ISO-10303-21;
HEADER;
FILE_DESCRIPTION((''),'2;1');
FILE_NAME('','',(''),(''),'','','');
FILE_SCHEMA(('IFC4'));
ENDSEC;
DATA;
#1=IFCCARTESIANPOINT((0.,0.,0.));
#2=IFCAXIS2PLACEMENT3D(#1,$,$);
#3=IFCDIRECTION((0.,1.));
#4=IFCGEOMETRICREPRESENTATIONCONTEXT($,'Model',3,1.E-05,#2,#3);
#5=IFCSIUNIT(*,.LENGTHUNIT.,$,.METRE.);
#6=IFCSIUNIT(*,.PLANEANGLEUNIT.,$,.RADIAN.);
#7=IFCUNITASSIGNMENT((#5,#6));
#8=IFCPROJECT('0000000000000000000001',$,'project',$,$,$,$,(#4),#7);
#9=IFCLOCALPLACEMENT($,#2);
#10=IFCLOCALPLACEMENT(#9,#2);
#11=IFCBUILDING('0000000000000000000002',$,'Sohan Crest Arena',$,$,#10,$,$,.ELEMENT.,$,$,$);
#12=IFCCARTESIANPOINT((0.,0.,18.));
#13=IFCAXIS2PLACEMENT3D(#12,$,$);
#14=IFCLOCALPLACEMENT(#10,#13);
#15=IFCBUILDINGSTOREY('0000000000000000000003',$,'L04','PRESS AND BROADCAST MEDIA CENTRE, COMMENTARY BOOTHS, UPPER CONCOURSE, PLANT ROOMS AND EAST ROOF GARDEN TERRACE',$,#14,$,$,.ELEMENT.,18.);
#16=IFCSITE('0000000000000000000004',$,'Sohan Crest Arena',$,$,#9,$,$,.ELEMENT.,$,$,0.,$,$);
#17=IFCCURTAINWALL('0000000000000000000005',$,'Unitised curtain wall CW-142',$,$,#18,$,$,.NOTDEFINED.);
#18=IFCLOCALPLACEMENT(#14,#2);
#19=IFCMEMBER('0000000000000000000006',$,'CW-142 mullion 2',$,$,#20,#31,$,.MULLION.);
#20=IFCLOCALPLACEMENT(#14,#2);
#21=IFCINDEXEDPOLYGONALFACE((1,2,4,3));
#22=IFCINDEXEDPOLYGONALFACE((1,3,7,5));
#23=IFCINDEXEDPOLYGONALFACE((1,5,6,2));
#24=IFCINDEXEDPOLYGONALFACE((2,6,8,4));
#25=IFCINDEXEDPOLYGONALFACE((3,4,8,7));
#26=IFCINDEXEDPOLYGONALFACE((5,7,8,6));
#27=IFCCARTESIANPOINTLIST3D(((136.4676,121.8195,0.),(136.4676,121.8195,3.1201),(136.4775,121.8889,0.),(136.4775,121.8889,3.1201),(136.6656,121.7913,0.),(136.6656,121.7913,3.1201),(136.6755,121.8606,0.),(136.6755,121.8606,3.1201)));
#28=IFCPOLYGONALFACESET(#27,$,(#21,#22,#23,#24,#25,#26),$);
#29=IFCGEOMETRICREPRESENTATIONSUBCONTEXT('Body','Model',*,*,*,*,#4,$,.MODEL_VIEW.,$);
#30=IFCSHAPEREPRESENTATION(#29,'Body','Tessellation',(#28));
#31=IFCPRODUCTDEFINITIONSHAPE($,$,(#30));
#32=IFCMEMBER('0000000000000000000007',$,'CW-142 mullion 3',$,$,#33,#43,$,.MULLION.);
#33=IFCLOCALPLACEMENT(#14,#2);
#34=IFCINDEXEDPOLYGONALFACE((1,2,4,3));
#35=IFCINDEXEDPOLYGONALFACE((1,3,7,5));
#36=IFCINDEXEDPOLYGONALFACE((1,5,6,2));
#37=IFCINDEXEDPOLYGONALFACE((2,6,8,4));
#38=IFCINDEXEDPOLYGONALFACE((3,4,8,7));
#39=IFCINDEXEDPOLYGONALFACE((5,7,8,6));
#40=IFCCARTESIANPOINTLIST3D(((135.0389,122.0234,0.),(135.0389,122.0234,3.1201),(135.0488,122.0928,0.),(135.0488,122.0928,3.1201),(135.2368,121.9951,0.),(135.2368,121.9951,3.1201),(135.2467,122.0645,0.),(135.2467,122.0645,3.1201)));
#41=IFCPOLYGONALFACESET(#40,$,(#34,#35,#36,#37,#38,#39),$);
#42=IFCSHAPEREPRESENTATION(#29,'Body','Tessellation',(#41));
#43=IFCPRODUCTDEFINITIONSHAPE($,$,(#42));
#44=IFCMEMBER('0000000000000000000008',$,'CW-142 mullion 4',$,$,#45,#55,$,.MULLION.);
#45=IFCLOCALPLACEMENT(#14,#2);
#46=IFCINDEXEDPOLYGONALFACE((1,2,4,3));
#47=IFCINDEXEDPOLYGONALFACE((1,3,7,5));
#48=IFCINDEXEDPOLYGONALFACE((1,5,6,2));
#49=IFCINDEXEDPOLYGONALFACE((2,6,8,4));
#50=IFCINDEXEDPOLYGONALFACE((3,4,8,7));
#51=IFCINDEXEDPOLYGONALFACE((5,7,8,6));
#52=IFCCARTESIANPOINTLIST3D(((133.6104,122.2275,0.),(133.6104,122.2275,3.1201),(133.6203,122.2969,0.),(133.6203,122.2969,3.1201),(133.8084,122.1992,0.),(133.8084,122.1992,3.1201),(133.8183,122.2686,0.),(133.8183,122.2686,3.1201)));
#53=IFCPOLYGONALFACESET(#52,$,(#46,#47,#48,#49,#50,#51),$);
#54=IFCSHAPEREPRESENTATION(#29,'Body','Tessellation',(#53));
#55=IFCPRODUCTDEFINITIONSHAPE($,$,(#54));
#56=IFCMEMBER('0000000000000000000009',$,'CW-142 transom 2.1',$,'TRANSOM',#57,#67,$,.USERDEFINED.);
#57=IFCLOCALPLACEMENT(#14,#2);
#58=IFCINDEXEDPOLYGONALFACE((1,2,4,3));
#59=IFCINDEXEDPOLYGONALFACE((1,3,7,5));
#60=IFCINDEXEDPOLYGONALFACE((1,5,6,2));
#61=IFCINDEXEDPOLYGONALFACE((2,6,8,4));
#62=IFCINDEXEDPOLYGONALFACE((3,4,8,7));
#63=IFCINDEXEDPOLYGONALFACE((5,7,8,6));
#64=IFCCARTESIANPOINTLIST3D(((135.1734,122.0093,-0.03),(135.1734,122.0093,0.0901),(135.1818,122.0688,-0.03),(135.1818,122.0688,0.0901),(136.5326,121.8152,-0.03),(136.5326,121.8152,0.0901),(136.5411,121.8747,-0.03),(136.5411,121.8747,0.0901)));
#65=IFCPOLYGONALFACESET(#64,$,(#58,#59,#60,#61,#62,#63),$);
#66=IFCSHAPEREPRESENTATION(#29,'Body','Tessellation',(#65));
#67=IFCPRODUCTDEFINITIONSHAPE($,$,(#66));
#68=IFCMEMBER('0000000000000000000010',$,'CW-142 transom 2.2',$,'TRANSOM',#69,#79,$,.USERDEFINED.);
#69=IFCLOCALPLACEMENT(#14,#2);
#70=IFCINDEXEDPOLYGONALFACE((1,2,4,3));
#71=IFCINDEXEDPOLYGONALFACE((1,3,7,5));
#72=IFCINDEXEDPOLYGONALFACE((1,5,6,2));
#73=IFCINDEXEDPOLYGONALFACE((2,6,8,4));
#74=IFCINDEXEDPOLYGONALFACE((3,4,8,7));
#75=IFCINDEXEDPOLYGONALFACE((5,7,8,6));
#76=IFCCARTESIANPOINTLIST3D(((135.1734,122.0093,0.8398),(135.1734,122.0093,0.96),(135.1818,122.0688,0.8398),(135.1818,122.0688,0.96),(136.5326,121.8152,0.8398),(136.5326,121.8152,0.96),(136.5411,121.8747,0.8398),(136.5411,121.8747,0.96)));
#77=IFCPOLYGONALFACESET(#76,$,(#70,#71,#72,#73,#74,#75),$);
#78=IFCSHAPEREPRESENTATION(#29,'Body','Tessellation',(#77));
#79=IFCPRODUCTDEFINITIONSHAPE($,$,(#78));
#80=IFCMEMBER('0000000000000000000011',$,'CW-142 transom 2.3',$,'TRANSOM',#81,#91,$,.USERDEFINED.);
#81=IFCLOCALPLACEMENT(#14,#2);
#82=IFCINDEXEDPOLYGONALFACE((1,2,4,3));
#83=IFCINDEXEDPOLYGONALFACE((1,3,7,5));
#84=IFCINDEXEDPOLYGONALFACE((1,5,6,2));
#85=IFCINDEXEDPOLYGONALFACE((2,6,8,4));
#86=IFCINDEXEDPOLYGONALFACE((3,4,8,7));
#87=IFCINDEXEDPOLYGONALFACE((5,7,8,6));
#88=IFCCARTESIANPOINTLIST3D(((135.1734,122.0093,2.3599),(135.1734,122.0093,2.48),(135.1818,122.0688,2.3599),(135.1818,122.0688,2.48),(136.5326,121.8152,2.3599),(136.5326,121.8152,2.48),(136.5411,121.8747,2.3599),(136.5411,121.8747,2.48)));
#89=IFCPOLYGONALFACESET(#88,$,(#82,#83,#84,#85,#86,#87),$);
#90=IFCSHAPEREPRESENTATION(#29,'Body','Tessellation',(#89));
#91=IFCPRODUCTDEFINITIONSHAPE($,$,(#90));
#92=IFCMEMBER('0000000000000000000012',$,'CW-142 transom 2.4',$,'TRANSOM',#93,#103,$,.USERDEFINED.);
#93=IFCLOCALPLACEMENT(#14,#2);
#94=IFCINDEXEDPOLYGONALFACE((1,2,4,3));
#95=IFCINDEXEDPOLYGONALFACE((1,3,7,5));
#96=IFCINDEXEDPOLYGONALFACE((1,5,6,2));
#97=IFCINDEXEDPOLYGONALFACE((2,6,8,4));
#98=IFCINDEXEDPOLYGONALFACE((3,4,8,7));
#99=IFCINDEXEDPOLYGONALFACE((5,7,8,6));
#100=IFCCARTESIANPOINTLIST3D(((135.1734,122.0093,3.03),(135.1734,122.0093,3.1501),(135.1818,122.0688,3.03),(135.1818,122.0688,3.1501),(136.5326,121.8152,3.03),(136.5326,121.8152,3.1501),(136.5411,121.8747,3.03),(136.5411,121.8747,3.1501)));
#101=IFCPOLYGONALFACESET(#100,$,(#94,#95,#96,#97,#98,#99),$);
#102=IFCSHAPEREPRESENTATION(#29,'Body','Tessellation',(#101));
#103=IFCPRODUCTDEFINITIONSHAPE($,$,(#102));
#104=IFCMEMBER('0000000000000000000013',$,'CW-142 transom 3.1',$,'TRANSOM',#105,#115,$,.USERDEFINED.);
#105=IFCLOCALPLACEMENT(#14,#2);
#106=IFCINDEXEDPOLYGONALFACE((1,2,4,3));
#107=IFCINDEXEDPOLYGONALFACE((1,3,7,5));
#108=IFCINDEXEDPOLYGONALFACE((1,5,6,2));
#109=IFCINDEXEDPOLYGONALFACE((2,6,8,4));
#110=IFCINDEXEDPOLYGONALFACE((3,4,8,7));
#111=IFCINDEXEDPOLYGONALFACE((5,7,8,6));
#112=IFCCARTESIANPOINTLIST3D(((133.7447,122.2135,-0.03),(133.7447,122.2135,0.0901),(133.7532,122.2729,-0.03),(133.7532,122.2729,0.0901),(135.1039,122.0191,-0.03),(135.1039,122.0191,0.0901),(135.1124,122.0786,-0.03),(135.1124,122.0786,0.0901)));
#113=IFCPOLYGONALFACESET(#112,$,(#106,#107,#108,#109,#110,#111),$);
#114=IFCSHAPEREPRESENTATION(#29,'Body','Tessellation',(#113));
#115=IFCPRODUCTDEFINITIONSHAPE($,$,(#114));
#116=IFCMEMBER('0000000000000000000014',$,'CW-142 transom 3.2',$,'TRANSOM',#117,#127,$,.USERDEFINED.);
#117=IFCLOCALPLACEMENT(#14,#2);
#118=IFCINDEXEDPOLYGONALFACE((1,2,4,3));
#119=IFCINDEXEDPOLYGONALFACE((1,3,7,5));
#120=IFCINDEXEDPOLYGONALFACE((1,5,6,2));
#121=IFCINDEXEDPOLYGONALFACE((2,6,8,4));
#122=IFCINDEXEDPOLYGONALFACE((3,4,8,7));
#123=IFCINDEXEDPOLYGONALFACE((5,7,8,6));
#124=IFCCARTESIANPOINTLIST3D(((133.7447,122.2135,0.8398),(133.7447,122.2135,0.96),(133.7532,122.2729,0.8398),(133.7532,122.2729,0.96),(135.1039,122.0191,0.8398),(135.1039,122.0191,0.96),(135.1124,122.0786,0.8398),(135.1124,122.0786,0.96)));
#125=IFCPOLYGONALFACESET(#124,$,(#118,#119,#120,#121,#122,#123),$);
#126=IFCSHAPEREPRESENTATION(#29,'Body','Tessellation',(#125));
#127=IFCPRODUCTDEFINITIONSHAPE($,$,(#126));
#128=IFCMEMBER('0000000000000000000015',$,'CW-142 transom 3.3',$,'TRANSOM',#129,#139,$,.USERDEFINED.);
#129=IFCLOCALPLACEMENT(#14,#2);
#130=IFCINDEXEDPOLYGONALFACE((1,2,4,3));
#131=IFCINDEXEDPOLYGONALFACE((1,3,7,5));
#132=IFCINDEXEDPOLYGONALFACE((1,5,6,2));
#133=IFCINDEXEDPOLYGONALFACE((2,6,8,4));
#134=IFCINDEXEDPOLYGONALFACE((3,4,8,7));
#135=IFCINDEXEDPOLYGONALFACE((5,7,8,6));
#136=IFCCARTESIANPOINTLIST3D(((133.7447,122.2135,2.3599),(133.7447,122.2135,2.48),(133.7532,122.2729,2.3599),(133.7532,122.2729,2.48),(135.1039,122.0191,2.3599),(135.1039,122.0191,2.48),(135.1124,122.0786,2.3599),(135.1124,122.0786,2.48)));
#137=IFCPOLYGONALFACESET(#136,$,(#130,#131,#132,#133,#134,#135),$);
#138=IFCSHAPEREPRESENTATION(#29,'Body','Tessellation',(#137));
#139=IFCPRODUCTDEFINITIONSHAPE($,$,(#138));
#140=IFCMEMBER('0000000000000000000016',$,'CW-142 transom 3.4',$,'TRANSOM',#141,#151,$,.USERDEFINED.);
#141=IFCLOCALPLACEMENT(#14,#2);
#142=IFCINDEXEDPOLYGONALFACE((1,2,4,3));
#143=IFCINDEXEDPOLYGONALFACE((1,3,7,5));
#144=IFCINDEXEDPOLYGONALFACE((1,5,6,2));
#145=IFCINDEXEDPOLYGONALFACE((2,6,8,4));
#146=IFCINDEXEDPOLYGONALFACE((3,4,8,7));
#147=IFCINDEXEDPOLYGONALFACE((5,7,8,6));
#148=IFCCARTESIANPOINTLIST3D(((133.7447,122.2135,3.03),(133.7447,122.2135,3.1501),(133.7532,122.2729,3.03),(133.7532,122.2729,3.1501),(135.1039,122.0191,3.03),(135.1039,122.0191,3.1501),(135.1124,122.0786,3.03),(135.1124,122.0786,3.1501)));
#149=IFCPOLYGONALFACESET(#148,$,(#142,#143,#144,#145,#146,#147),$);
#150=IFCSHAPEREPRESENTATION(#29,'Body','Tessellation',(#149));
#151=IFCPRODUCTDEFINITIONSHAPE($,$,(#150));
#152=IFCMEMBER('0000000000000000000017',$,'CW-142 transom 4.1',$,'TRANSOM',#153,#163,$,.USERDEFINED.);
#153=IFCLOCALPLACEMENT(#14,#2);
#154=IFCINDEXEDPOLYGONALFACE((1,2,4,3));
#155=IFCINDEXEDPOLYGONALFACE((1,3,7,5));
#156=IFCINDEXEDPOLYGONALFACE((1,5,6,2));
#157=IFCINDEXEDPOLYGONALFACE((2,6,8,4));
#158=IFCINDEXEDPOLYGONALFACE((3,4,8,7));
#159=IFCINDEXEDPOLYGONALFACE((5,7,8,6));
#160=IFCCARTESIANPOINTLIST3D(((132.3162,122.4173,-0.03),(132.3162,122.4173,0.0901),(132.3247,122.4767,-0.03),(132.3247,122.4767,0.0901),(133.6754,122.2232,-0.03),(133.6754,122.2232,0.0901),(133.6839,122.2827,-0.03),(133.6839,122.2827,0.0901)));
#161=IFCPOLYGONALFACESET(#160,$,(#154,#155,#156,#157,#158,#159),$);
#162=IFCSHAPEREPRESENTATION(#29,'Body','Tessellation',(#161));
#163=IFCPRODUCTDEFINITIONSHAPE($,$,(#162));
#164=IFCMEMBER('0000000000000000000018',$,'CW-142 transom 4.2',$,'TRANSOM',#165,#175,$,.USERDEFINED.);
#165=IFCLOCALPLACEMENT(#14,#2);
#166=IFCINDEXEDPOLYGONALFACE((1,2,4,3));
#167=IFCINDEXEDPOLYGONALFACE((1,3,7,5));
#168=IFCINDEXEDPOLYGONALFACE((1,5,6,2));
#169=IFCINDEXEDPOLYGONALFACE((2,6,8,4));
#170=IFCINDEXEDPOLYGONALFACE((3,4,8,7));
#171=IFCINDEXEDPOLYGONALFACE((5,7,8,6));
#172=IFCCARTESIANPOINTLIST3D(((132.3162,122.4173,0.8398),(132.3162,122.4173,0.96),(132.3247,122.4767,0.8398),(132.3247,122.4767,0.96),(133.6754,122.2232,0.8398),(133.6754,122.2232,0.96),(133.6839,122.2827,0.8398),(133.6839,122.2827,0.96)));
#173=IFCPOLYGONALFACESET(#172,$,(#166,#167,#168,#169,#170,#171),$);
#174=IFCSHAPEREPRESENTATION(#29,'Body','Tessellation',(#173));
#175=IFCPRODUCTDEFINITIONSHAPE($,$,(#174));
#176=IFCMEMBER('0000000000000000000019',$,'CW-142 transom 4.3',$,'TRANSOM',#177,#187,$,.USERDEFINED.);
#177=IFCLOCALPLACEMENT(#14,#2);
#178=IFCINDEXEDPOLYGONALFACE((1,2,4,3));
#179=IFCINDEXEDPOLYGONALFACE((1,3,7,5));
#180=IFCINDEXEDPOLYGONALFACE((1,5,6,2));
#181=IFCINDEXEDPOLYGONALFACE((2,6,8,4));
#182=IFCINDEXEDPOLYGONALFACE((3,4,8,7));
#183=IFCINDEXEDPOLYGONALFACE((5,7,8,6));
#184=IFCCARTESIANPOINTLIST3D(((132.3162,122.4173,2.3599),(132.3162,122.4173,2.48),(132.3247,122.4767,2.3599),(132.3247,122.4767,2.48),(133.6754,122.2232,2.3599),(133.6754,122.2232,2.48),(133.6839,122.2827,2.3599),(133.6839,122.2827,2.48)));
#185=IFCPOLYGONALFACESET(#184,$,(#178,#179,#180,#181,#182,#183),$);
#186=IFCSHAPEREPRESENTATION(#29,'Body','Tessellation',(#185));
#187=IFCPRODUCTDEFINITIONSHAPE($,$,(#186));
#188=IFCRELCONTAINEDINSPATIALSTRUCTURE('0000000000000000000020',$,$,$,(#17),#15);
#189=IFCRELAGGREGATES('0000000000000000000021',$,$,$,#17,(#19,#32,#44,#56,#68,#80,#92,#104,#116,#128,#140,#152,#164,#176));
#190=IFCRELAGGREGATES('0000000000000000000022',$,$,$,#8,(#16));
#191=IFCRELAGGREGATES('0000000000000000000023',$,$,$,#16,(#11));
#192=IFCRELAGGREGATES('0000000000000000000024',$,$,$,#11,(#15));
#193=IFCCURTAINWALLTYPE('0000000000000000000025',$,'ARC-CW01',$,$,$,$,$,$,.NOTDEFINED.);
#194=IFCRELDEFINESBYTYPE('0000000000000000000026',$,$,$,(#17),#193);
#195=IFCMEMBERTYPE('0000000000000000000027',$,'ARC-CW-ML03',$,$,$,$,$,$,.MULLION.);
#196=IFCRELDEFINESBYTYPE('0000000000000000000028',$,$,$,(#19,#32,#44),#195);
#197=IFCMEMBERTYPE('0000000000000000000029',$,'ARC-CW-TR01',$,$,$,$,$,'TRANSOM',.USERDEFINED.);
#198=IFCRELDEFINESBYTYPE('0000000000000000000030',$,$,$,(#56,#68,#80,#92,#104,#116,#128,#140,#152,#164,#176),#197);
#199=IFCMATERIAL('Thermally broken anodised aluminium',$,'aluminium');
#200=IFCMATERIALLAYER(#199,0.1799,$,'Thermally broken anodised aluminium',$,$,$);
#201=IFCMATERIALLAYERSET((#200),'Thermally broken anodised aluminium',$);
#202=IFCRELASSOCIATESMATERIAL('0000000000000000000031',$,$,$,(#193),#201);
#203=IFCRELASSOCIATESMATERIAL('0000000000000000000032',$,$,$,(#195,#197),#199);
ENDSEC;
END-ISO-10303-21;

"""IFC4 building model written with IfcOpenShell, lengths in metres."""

from ifc_helpers import new_model, si_unit, direction, frame, origin, origin_2d, place, context, subcontext, project, spatial, rectangle, extrude, material, layer, layer_set, material_profile, profile_set, type_object, element, aggregate, save


model = new_model("IFC4")

# Units and contexts
model_context = context("Model", 3, precision=1e-05, world=origin(), true_north=direction((0.0, 1.0)))
body_context = subcontext(model_context, "Body", "Model", "MODEL_VIEW")
ifc_project = project(units=[si_unit("LENGTHUNIT", "METRE"), si_unit("PLANEANGLEUNIT", "RADIAN")], contexts=[model_context])

# Site, building, storey
site_placement = place(None, origin())
site = spatial("IfcSite", under=ifc_project, at=site_placement, Name="Sohan Crest Arena", CompositionType="ELEMENT", RefElevation=0.0)
building_placement = place(site_placement, origin())
building = spatial("IfcBuilding", under=site, at=building_placement, Name="Sohan Crest Arena", CompositionType="ELEMENT")
storey_placement = place(building_placement, frame((0.0, 0.0, 18.0)))
storey = spatial("IfcBuildingStorey", under=building, at=storey_placement, Name="L04", Description="PRESS AND BROADCAST MEDIA CENTRE, COMMENTARY BOOTHS, UPPER CONCOURSE, PLANT ROOMS AND EAST ROOF GARDEN TERRACE", CompositionType="ELEMENT", Elevation=18.0)

# Curtain wall, members
ifc_material_1 = material(Name="Thermally broken anodised aluminium", Category="aluminium")
ifc_layer_1 = layer(ifc_material_1, 0.1799, Name="Thermally broken anodised aluminium")
ifc_layer_set_1 = layer_set([ifc_layer_1], Name="Thermally broken anodised aluminium")
curtain_wall_type = type_object("IfcCurtainWallType", Name="ARC-CW01", PredefinedType="NOTDEFINED", material=ifc_layer_set_1)
curtain_wall_placement = place(storey_placement, origin())
curtain_wall = element("IfcCurtainWall", 1, at=curtain_wall_placement, inside=storey, type_object=curtain_wall_type, Name="Unitised curtain wall CW-142", PredefinedType="NOTDEFINED")
ifc_material_profile_1 = material_profile(ifc_material_1, rectangle(XDim=0.0701, YDim=0.2, at=origin_2d()), Name="ALU-MULL 70x200")
ifc_profile_set_1 = profile_set([ifc_material_profile_1], Name="Thermally broken anodised aluminium")
member_type_1 = type_object("IfcMemberType", Name="ARC-CW-ML03", PredefinedType="MULLION", material=ifc_profile_set_1)
member_1_placement = place(storey_placement, frame((136.5715, 121.8401, 0.0), z_axis=(0.0, 0.0, 1.0), x_axis=(-0.141366, -0.989957, 0.0)))
member_1 = element("IfcMember", 2, at=member_1_placement, type_object=member_type_1, Name="CW-142 mullion 2", PredefinedType="MULLION", context=body_context, shape_type="SweptSolid", body=[
    extrude(rectangle(XDim=0.0701, YDim=0.2, at=origin_2d()), origin(), (0.0, 0.0, 1.0), 3.1201),
])
member_2_placement = place(storey_placement, frame((135.1428, 122.0439, 0.0), z_axis=(0.0, 0.0, 1.0), x_axis=(-0.141366, -0.989957, 0.0)))
member_2 = element("IfcMember", 3, at=member_2_placement, type_object=member_type_1, Name="CW-142 mullion 3", PredefinedType="MULLION", context=body_context, shape_type="SweptSolid", body=[
    extrude(rectangle(XDim=0.0701, YDim=0.2, at=origin_2d()), origin(), (0.0, 0.0, 1.0), 3.1201),
])
member_3_placement = place(storey_placement, frame((133.7144, 122.248, 0.0), z_axis=(0.0, 0.0, 1.0), x_axis=(-0.141366, -0.989957, 0.0)))
member_3 = element("IfcMember", 4, at=member_3_placement, type_object=member_type_1, Name="CW-142 mullion 4", PredefinedType="MULLION", context=body_context, shape_type="SweptSolid", body=[
    extrude(rectangle(XDim=0.0701, YDim=0.2, at=origin_2d()), origin(), (0.0, 0.0, 1.0), 3.1201),
])
ifc_material_profile_2 = material_profile(ifc_material_1, rectangle(XDim=0.0601, YDim=0.1201, at=origin_2d()), Name="ALU-TRAN 60x120")
ifc_profile_set_2 = profile_set([ifc_material_profile_2], Name="Thermally broken anodised aluminium")
member_type_2 = type_object("IfcMemberType", Name="ARC-CW-TR01", ElementType="TRANSOM", PredefinedType="USERDEFINED", material=ifc_profile_set_2)
member_4_placement = place(storey_placement, frame((136.5369, 121.845, 0.03), z_axis=(-0.98996, 0.141347, 0.0), x_axis=(-0.141347, -0.98996, 0.0)))
member_4 = element("IfcMember", 5, at=member_4_placement, type_object=member_type_2, Name="CW-142 transom 2.1", ObjectType="TRANSOM", PredefinedType="USERDEFINED", context=body_context, shape_type="SweptSolid", body=[
    extrude(rectangle(XDim=0.0601, YDim=0.1201, at=origin_2d()), origin(), (0.0, 0.0, 1.0), 1.373),
])
member_5_placement = place(storey_placement, frame((136.5369, 121.845, 0.8999), z_axis=(-0.98996, 0.141347, 0.0), x_axis=(-0.141347, -0.98996, 0.0)))
member_5 = element("IfcMember", 6, at=member_5_placement, type_object=member_type_2, Name="CW-142 transom 2.2", ObjectType="TRANSOM", PredefinedType="USERDEFINED", context=body_context, shape_type="SweptSolid", body=[
    extrude(rectangle(XDim=0.0601, YDim=0.1201, at=origin_2d()), origin(), (0.0, 0.0, 1.0), 1.373),
])
member_6_placement = place(storey_placement, frame((136.5369, 121.845, 2.4199), z_axis=(-0.98996, 0.141347, 0.0), x_axis=(-0.141347, -0.98996, 0.0)))
member_6 = element("IfcMember", 7, at=member_6_placement, type_object=member_type_2, Name="CW-142 transom 2.3", ObjectType="TRANSOM", PredefinedType="USERDEFINED", context=body_context, shape_type="SweptSolid", body=[
    extrude(rectangle(XDim=0.0601, YDim=0.1201, at=origin_2d()), origin(), (0.0, 0.0, 1.0), 1.373),
])
member_7_placement = place(storey_placement, frame((136.5369, 121.845, 3.0901), z_axis=(-0.98996, 0.141347, 0.0), x_axis=(-0.141347, -0.98996, 0.0)))
member_7 = element("IfcMember", 8, at=member_7_placement, type_object=member_type_2, Name="CW-142 transom 2.4", ObjectType="TRANSOM", PredefinedType="USERDEFINED", context=body_context, shape_type="SweptSolid", body=[
    extrude(rectangle(XDim=0.0601, YDim=0.1201, at=origin_2d()), origin(), (0.0, 0.0, 1.0), 1.373),
])
member_8_placement = place(storey_placement, frame((135.1082, 122.0488, 0.03), z_axis=(-0.989932, 0.141546, 0.0), x_axis=(-0.141546, -0.989932, 0.0)))
member_8 = element("IfcMember", 9, at=member_8_placement, type_object=member_type_2, Name="CW-142 transom 3.1", ObjectType="TRANSOM", PredefinedType="USERDEFINED", context=body_context, shape_type="SweptSolid", body=[
    extrude(rectangle(XDim=0.0601, YDim=0.1201, at=origin_2d()), origin(), (0.0, 0.0, 1.0), 1.373),
])
member_9_placement = place(storey_placement, frame((135.1082, 122.0488, 0.8999), z_axis=(-0.989932, 0.141546, 0.0), x_axis=(-0.141546, -0.989932, 0.0)))
member_9 = element("IfcMember", 10, at=member_9_placement, type_object=member_type_2, Name="CW-142 transom 3.2", ObjectType="TRANSOM", PredefinedType="USERDEFINED", context=body_context, shape_type="SweptSolid", body=[
    extrude(rectangle(XDim=0.0601, YDim=0.1201, at=origin_2d()), origin(), (0.0, 0.0, 1.0), 1.373),
])
member_10_placement = place(storey_placement, frame((135.1082, 122.0488, 2.4199), z_axis=(-0.989932, 0.141546, 0.0), x_axis=(-0.141546, -0.989932, 0.0)))
member_10 = element("IfcMember", 11, at=member_10_placement, type_object=member_type_2, Name="CW-142 transom 3.3", ObjectType="TRANSOM", PredefinedType="USERDEFINED", context=body_context, shape_type="SweptSolid", body=[
    extrude(rectangle(XDim=0.0601, YDim=0.1201, at=origin_2d()), origin(), (0.0, 0.0, 1.0), 1.373),
])
member_11_placement = place(storey_placement, frame((135.1082, 122.0488, 3.0901), z_axis=(-0.989932, 0.141546, 0.0), x_axis=(-0.141546, -0.989932, 0.0)))
member_11 = element("IfcMember", 12, at=member_11_placement, type_object=member_type_2, Name="CW-142 transom 3.4", ObjectType="TRANSOM", PredefinedType="USERDEFINED", context=body_context, shape_type="SweptSolid", body=[
    extrude(rectangle(XDim=0.0601, YDim=0.1201, at=origin_2d()), origin(), (0.0, 0.0, 1.0), 1.373),
])
member_12_placement = place(storey_placement, frame((133.6797, 122.2529, 0.03), z_axis=(-0.98996, 0.141347, 0.0), x_axis=(-0.141347, -0.98996, 0.0)))
member_12 = element("IfcMember", 13, at=member_12_placement, type_object=member_type_2, Name="CW-142 transom 4.1", ObjectType="TRANSOM", PredefinedType="USERDEFINED", context=body_context, shape_type="SweptSolid", body=[
    extrude(rectangle(XDim=0.0601, YDim=0.1201, at=origin_2d()), origin(), (0.0, 0.0, 1.0), 1.373),
])
member_13_placement = place(storey_placement, frame((133.6797, 122.2529, 0.8999), z_axis=(-0.98996, 0.141347, 0.0), x_axis=(-0.141347, -0.98996, 0.0)))
member_13 = element("IfcMember", 14, at=member_13_placement, type_object=member_type_2, Name="CW-142 transom 4.2", ObjectType="TRANSOM", PredefinedType="USERDEFINED", context=body_context, shape_type="SweptSolid", body=[
    extrude(rectangle(XDim=0.0601, YDim=0.1201, at=origin_2d()), origin(), (0.0, 0.0, 1.0), 1.373),
])
member_14_placement = place(storey_placement, frame((133.6797, 122.2529, 2.4199), z_axis=(-0.98996, 0.141347, 0.0), x_axis=(-0.141347, -0.98996, 0.0)))
member_14 = element("IfcMember", 15, at=member_14_placement, type_object=member_type_2, Name="CW-142 transom 4.3", ObjectType="TRANSOM", PredefinedType="USERDEFINED", context=body_context, shape_type="SweptSolid", body=[
    extrude(rectangle(XDim=0.0601, YDim=0.1201, at=origin_2d()), origin(), (0.0, 0.0, 1.0), 1.373),
])
aggregate(curtain_wall, [member_1, member_2, member_3, member_4, member_5, member_6, member_7, member_8, member_9, member_10, member_11, member_12, member_13, member_14])

save(model, "model.ifc")
